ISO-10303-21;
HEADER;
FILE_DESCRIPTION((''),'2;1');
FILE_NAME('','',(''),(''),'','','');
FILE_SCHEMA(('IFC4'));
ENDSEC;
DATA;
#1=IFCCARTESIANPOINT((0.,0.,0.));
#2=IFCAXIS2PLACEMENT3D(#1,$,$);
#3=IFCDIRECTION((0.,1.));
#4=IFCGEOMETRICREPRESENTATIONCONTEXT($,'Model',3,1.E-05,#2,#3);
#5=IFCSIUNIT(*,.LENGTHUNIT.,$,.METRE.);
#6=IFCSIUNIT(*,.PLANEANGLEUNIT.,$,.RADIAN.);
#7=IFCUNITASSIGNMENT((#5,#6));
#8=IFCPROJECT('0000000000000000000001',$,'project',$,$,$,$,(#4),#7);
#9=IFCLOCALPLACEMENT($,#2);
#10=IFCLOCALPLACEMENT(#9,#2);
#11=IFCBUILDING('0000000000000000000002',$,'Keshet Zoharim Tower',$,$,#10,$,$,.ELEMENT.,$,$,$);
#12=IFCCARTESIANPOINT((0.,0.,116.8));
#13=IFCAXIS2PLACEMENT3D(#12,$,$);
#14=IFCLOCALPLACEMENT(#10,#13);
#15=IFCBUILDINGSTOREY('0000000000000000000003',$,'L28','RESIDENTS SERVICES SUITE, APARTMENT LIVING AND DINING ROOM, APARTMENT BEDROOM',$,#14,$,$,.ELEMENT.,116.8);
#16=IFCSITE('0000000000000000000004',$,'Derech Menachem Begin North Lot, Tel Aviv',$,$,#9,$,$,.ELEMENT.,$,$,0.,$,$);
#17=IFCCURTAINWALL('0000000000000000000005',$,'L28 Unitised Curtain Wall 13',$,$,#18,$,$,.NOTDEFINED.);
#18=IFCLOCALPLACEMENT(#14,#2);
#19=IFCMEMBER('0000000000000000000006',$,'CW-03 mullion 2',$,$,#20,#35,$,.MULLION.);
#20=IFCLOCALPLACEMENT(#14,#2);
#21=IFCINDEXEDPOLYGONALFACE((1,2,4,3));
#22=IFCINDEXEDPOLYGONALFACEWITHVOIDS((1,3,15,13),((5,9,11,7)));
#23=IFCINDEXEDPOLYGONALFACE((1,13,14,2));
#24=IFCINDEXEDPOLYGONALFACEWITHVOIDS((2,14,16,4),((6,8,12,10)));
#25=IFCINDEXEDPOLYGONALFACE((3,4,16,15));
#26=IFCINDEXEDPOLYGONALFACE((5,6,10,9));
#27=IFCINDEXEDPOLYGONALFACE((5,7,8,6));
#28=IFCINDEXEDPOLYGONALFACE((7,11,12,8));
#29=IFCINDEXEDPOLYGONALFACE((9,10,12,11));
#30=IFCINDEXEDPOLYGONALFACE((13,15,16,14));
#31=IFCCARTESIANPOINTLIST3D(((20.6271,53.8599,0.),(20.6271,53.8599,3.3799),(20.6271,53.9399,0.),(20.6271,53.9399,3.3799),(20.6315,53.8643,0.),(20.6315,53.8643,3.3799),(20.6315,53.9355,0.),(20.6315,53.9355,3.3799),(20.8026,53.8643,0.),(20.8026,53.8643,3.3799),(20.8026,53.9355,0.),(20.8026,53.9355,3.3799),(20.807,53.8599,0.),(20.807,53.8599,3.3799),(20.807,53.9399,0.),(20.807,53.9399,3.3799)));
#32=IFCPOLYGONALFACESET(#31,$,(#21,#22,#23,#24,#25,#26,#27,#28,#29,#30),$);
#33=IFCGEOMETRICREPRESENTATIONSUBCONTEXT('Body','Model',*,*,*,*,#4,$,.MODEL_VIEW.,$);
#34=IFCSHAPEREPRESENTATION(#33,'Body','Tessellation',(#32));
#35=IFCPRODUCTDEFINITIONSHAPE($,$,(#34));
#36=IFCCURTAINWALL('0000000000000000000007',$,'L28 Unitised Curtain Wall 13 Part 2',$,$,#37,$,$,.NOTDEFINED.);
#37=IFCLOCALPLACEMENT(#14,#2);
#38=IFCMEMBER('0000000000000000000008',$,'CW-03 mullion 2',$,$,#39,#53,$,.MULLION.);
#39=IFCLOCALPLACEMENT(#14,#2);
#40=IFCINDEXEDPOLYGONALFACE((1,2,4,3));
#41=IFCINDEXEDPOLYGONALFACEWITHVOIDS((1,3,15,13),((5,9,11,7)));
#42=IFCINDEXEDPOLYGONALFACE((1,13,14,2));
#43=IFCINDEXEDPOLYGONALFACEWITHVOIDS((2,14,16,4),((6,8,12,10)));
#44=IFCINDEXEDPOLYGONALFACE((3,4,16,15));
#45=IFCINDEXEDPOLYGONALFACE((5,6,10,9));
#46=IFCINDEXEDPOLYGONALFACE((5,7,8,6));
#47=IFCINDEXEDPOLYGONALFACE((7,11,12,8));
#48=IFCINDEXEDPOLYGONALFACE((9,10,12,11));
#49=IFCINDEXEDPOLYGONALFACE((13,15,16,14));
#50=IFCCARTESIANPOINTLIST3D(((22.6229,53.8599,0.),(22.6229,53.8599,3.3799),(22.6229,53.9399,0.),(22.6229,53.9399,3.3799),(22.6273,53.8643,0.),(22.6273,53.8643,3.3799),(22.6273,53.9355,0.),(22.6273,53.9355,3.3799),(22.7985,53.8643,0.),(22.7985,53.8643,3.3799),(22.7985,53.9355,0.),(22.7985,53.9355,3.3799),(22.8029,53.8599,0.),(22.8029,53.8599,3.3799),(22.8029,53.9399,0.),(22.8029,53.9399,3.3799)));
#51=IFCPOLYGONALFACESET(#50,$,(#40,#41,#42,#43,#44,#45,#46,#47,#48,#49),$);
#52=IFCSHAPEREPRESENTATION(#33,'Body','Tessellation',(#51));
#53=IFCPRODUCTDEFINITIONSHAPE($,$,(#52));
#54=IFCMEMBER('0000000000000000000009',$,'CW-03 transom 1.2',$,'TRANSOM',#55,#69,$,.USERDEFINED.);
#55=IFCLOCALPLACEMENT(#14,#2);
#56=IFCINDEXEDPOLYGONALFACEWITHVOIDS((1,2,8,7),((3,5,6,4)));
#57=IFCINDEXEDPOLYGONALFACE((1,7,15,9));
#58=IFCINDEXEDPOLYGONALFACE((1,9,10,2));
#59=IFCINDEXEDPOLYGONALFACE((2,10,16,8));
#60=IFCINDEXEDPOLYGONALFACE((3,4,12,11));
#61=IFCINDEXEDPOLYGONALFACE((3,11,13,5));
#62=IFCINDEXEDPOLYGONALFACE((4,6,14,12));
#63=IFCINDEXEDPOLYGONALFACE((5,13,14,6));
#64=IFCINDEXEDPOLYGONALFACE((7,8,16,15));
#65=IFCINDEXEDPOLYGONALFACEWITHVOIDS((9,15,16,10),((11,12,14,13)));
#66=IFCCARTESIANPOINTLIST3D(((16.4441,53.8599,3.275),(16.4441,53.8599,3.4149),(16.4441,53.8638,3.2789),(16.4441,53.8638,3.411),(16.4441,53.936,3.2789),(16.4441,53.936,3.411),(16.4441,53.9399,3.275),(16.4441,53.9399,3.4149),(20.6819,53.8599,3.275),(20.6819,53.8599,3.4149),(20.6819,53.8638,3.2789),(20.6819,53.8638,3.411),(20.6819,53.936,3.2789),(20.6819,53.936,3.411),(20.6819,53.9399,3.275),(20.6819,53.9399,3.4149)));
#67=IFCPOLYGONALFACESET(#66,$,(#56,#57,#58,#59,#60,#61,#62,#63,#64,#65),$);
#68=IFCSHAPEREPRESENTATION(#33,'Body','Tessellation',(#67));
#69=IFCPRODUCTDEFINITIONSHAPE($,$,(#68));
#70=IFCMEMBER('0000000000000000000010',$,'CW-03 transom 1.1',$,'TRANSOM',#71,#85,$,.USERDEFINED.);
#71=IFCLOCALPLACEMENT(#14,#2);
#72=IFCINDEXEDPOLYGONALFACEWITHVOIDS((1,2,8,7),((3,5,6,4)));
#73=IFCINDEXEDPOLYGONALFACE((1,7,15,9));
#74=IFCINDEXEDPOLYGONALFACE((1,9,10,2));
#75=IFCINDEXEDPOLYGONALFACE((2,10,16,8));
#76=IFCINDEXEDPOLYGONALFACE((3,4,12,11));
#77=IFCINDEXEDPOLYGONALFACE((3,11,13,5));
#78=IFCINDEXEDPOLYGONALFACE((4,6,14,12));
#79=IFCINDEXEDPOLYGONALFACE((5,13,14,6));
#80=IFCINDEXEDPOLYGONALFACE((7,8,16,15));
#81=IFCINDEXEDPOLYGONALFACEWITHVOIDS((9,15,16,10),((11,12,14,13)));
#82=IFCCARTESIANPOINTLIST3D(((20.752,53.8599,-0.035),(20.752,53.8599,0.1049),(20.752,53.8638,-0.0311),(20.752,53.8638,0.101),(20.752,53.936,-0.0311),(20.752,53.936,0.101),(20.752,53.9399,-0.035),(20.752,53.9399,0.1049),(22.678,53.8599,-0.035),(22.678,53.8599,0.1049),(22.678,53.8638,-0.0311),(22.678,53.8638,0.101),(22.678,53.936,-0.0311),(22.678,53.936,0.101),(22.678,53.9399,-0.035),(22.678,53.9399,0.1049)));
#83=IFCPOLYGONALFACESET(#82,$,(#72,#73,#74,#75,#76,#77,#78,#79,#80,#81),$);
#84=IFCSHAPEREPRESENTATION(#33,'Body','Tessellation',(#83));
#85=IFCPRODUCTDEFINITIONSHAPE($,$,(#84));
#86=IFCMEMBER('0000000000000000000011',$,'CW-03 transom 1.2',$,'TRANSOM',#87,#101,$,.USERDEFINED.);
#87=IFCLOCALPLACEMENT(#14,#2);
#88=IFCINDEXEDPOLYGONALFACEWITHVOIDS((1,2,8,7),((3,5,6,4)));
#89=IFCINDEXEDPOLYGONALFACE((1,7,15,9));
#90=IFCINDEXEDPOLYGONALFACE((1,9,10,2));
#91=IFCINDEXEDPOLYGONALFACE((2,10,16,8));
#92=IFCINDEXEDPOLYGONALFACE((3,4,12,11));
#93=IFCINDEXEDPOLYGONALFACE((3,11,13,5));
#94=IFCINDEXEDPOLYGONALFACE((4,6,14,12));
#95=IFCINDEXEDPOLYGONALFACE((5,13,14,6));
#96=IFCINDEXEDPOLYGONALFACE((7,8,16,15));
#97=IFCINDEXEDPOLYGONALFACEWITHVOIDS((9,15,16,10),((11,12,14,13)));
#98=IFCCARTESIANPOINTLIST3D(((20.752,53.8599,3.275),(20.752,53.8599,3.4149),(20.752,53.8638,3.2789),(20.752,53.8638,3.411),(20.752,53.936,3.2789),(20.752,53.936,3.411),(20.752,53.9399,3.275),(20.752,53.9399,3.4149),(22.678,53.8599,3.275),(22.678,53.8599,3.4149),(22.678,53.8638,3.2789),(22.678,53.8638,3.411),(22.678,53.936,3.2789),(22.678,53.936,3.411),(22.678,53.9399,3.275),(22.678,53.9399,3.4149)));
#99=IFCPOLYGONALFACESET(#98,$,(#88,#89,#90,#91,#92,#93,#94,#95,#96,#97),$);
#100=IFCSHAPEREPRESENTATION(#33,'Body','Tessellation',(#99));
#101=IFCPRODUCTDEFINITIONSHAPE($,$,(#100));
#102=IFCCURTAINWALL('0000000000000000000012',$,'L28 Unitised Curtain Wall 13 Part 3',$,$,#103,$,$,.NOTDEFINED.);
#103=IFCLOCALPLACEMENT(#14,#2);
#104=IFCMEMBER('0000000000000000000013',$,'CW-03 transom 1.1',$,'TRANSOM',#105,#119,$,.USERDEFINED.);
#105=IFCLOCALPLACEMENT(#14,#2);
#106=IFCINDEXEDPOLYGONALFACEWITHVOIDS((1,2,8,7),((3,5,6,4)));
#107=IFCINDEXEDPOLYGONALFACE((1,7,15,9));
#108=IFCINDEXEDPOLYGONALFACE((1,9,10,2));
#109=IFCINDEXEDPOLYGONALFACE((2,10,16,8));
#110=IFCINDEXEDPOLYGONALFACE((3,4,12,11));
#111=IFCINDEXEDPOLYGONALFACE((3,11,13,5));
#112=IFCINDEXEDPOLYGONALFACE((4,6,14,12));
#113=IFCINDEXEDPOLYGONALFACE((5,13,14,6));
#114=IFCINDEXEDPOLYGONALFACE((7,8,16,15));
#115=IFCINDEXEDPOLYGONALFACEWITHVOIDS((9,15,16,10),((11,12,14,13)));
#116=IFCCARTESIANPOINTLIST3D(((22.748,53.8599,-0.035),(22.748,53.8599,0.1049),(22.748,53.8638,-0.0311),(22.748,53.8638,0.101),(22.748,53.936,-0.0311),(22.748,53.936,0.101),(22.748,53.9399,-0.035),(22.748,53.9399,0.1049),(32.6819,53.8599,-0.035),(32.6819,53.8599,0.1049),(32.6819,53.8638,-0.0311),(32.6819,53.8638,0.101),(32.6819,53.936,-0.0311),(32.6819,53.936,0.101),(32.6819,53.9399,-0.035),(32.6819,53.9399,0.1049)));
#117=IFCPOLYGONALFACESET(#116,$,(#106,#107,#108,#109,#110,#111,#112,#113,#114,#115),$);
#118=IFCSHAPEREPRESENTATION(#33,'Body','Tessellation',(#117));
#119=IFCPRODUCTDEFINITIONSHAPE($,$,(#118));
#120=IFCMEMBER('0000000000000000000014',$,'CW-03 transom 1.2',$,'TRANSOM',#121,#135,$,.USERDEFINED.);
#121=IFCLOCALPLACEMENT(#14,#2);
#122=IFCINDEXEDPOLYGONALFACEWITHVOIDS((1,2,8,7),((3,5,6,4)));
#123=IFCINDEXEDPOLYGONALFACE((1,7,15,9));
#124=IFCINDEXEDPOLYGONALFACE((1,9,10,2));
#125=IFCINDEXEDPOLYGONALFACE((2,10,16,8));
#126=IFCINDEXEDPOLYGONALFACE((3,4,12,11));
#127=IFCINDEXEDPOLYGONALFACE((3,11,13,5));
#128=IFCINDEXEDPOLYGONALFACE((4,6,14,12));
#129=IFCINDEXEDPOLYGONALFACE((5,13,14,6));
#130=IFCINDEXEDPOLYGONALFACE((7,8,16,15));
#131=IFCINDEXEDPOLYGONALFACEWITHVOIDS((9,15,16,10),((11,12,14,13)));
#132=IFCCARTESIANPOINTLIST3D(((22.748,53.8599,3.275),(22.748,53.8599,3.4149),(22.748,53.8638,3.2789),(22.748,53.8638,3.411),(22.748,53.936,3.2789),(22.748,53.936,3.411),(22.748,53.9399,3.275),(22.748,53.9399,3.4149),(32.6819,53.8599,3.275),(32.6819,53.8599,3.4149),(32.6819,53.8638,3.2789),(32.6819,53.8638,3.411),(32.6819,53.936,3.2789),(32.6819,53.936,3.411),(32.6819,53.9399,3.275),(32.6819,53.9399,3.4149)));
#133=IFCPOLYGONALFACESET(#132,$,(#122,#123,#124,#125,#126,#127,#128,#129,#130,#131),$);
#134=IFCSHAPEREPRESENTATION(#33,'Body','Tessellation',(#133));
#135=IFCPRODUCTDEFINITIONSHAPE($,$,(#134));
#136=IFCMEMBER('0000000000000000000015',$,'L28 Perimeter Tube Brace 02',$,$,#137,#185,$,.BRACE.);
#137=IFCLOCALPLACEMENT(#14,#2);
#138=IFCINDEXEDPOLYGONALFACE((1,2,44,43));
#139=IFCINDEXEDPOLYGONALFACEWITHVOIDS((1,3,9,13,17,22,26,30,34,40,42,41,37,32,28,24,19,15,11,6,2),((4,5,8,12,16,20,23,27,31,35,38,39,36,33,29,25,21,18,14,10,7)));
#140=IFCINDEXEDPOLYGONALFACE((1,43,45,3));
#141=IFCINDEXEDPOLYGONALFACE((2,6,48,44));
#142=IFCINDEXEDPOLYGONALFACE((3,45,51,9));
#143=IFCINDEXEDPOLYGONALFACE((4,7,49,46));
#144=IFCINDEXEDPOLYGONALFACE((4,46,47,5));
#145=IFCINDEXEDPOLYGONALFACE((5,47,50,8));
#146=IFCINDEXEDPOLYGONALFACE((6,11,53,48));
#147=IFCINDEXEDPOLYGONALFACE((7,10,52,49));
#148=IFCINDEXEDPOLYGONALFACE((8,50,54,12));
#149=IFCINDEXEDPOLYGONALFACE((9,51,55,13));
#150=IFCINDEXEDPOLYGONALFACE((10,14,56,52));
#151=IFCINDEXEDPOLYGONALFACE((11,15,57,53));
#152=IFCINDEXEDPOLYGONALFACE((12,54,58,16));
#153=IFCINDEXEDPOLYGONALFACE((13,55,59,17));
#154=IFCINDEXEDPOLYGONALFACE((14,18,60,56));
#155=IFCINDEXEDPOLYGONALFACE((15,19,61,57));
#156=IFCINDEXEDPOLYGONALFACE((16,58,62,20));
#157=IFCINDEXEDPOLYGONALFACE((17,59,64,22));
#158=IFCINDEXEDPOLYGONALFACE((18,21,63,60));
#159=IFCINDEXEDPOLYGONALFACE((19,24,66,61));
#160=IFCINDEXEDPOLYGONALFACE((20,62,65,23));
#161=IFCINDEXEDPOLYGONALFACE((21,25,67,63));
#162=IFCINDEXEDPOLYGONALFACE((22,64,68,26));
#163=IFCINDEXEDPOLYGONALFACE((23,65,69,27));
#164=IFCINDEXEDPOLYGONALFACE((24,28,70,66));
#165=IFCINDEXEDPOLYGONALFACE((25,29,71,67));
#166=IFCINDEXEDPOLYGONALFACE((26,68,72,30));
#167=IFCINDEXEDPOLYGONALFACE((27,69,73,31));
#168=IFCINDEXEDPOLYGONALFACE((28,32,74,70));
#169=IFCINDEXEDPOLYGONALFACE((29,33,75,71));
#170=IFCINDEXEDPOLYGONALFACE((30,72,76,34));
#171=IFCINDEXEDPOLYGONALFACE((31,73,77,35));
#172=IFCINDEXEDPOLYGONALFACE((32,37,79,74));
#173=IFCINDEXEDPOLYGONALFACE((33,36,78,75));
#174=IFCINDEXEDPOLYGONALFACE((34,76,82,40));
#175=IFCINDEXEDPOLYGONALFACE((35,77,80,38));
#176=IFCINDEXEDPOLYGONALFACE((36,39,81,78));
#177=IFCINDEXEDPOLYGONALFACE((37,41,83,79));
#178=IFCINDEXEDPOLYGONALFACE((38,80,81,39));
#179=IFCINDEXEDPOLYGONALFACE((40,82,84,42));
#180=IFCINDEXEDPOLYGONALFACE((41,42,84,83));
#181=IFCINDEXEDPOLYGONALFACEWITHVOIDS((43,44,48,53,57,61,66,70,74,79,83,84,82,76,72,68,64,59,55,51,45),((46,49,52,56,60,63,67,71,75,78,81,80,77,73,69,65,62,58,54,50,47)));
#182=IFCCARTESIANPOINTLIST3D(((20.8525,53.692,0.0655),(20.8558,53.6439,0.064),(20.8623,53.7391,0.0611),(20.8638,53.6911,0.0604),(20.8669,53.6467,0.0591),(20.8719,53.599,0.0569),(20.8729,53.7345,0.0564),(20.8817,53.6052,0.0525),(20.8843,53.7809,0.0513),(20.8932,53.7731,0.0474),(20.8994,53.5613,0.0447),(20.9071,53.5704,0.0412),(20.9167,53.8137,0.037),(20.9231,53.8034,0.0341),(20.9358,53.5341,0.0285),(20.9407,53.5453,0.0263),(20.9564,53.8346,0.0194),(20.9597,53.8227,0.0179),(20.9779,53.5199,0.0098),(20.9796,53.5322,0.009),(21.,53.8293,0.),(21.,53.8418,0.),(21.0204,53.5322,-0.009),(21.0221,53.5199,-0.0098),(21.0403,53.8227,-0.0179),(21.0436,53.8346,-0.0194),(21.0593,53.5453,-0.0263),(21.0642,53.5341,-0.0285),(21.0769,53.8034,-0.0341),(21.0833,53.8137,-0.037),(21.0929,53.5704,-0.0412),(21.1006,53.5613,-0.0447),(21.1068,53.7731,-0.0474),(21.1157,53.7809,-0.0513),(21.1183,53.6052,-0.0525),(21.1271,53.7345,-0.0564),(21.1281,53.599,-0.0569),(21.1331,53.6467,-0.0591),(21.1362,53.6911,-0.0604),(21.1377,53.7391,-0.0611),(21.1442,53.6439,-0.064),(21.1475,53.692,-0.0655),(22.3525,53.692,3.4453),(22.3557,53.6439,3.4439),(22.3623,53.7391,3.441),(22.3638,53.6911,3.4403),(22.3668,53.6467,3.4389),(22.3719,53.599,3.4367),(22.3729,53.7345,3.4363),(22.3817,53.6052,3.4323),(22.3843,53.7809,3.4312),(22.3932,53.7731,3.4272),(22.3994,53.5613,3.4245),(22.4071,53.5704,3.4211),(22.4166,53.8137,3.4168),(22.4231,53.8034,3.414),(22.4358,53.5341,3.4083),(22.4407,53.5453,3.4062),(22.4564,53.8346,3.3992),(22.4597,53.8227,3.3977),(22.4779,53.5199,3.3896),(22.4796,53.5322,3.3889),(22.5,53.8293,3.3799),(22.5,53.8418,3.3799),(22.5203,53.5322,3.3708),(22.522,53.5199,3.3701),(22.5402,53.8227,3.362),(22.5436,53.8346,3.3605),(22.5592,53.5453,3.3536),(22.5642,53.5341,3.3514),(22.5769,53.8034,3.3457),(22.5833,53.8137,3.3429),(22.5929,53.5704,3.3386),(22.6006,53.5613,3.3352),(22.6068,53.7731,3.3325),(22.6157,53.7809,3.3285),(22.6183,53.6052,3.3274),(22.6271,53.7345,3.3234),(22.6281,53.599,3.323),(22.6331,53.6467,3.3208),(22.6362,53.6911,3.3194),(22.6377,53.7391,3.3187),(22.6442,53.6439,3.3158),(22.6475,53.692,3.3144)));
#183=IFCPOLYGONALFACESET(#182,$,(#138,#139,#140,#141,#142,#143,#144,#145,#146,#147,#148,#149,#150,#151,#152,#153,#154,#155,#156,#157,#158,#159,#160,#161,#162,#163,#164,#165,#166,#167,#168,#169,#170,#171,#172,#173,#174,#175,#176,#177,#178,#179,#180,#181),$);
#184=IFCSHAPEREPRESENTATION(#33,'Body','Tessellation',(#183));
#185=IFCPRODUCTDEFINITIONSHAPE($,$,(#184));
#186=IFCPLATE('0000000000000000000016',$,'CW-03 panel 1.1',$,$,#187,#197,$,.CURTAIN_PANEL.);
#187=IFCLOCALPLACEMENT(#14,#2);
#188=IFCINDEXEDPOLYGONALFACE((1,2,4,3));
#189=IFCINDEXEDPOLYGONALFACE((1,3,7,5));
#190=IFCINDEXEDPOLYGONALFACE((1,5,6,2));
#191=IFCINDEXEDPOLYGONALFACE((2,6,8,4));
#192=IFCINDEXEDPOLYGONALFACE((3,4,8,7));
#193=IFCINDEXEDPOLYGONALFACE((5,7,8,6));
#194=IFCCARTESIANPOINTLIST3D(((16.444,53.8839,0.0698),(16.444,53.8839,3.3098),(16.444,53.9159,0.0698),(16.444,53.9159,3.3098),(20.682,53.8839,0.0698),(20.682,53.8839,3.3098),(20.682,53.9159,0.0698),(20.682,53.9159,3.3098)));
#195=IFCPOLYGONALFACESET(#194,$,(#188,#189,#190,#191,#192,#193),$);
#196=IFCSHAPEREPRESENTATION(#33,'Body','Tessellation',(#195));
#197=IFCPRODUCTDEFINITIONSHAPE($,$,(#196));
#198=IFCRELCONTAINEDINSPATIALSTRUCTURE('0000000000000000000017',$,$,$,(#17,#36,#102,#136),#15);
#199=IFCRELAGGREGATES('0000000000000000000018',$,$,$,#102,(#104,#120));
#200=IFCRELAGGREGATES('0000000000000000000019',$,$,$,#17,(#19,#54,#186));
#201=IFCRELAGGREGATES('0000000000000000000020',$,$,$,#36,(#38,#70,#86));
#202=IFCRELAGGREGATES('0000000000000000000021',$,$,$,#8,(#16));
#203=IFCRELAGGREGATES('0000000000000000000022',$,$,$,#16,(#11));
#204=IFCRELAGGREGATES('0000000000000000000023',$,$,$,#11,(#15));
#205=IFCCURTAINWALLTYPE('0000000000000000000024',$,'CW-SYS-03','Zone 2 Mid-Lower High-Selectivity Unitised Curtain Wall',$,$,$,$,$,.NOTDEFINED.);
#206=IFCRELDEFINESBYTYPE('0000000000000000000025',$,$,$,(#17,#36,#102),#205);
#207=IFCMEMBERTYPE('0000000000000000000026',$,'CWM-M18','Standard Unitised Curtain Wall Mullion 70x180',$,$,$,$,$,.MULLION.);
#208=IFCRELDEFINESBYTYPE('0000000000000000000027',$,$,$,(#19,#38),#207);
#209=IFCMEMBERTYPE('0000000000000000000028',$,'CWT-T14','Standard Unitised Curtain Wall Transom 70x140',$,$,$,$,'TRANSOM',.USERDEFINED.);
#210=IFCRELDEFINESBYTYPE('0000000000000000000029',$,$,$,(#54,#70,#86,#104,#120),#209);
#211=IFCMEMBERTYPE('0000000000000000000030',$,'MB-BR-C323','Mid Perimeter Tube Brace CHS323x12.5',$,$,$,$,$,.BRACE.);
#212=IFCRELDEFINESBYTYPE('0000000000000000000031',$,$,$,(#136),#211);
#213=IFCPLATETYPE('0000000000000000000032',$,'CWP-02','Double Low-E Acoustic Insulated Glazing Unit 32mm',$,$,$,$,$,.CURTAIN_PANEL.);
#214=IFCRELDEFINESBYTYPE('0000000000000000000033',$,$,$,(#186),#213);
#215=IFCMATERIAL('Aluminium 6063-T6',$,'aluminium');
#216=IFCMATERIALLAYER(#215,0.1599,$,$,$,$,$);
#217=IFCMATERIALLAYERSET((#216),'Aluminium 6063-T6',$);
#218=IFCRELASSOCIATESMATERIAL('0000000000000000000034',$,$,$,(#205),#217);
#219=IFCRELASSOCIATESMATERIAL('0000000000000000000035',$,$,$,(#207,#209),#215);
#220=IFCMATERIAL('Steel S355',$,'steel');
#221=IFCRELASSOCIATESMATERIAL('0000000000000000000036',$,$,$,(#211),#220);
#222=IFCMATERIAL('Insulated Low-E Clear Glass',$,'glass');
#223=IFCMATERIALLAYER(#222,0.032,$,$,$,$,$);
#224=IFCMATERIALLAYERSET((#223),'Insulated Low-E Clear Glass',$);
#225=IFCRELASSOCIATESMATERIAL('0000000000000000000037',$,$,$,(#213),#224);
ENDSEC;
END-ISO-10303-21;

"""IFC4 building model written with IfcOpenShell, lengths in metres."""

from ifc_helpers import new_model, si_unit, direction, frame, origin, origin_2d, place, context, subcontext, project, spatial, rectangle, hollow_rectangle, hollow_circle, extrude, material, layer, layer_set, material_profile, profile_set, type_object, element, aggregate, save


model = new_model("IFC4")

# Units and contexts
model_context = context("Model", 3, precision=1e-05, world=origin(), true_north=direction((0.0, 1.0)))
body_context = subcontext(model_context, "Body", "Model", "MODEL_VIEW")
ifc_project = project(units=[si_unit("LENGTHUNIT", "METRE"), si_unit("PLANEANGLEUNIT", "RADIAN")], contexts=[model_context])

# Site, building, storey
site_placement = place(None, origin())
site = spatial("IfcSite", under=ifc_project, at=site_placement, Name="Derech Menachem Begin North Lot, Tel Aviv", CompositionType="ELEMENT", RefElevation=0.0)
building_placement = place(site_placement, origin())
building = spatial("IfcBuilding", under=site, at=building_placement, Name="Keshet Zoharim Tower", CompositionType="ELEMENT")
storey_placement = place(building_placement, frame((0.0, 0.0, 116.8)))
storey = spatial("IfcBuildingStorey", under=building, at=storey_placement, Name="L28", Description="RESIDENTS SERVICES SUITE, APARTMENT LIVING AND DINING ROOM, APARTMENT BEDROOM", CompositionType="ELEMENT", Elevation=116.8)

# Shared definitions
ifc_material_1 = material(Name="Steel S355", Category="steel")

# Curtain walls, members
ifc_material_2 = material(Name="Aluminium 6063-T6", Category="aluminium")
ifc_layer_1 = layer(ifc_material_2, 0.1599)
ifc_layer_set_1 = layer_set([ifc_layer_1], Name="Aluminium 6063-T6")
curtain_wall_type = type_object("IfcCurtainWallType", Name="CW-SYS-03", Description="Zone 2 Mid-Lower High-Selectivity Unitised Curtain Wall", PredefinedType="NOTDEFINED", material=ifc_layer_set_1)
curtain_wall_1_placement = place(storey_placement, origin())
curtain_wall_1 = element("IfcCurtainWall", 1, at=curtain_wall_1_placement, inside=storey, type_object=curtain_wall_type, Name="L28 Unitised Curtain Wall 13", PredefinedType="NOTDEFINED")
ifc_material_profile_1 = material_profile(ifc_material_2, hollow_rectangle(XDim=0.0801, YDim=0.1799, WallThickness=0.0044, at=origin_2d()), Name="MUL-80x180")
ifc_profile_set_1 = profile_set([ifc_material_profile_1], Name="Aluminium 6063-T6")
member_type_1 = type_object("IfcMemberType", Name="CWM-M18", Description="Standard Unitised Curtain Wall Mullion 70x180", PredefinedType="MULLION", material=ifc_profile_set_1)
member_1_placement = place(storey_placement, frame((20.717, 53.8999, 0.0), z_axis=(0.0, 0.0, 1.0), x_axis=(0.0, 1.0, 0.0)))
member_1 = element("IfcMember", 2, at=member_1_placement, type_object=member_type_1, Name="CW-03 mullion 2", PredefinedType="MULLION", context=body_context, shape_type="SweptSolid", body=[
    extrude(hollow_rectangle(XDim=0.0801, YDim=0.1799, WallThickness=0.0044, at=origin_2d()), origin(), (0.0, 0.0, 1.0), 3.3799),
])
curtain_wall_2_placement = place(storey_placement, origin())
curtain_wall_2 = element("IfcCurtainWall", 3, at=curtain_wall_2_placement, inside=storey, type_object=curtain_wall_type, Name="L28 Unitised Curtain Wall 13 Part 2", PredefinedType="NOTDEFINED")
member_2_placement = place(storey_placement, frame((22.7129, 53.8999, 0.0), z_axis=(0.0, 0.0, 1.0), x_axis=(0.0, 1.0, 0.0)))
member_2 = element("IfcMember", 4, at=member_2_placement, type_object=member_type_1, Name="CW-03 mullion 2", PredefinedType="MULLION", context=body_context, shape_type="SweptSolid", body=[
    extrude(hollow_rectangle(XDim=0.0801, YDim=0.1799, WallThickness=0.0044, at=origin_2d()), origin(), (0.0, 0.0, 1.0), 3.3799),
])

# Members
ifc_material_profile_2 = material_profile(ifc_material_2, hollow_rectangle(XDim=0.0801, YDim=0.1399, WallThickness=0.0039, at=origin_2d()), Name="TRN-80x140")
ifc_profile_set_2 = profile_set([ifc_material_profile_2], Name="Aluminium 6063-T6")
member_type_2 = type_object("IfcMemberType", Name="CWT-T14", Description="Standard Unitised Curtain Wall Transom 70x140", ElementType="TRANSOM", PredefinedType="USERDEFINED", material=ifc_profile_set_2)
member_3_placement = place(storey_placement, frame((16.4441, 53.8999, 3.345), z_axis=(1.0, 0.0, 0.0), x_axis=(0.0, 1.0, 0.0)))
member_3 = element("IfcMember", 5, at=member_3_placement, type_object=member_type_2, Name="CW-03 transom 1.2", ObjectType="TRANSOM", PredefinedType="USERDEFINED", context=body_context, shape_type="SweptSolid", body=[
    extrude(hollow_rectangle(XDim=0.0801, YDim=0.1399, WallThickness=0.0039, at=origin_2d()), origin(), (0.0, 0.0, 1.0), 4.2378),
])
member_4_placement = place(storey_placement, frame((20.752, 53.8999, 0.0349), z_axis=(1.0, 0.0, 0.0), x_axis=(0.0, 1.0, 0.0)))
member_4 = element("IfcMember", 6, at=member_4_placement, type_object=member_type_2, Name="CW-03 transom 1.1", ObjectType="TRANSOM", PredefinedType="USERDEFINED", context=body_context, shape_type="SweptSolid", body=[
    extrude(hollow_rectangle(XDim=0.0801, YDim=0.1399, WallThickness=0.0039, at=origin_2d()), origin(), (0.0, 0.0, 1.0), 1.926),
])
member_5_placement = place(storey_placement, frame((20.752, 53.8999, 3.345), z_axis=(1.0, 0.0, 0.0), x_axis=(0.0, 1.0, 0.0)))
member_5 = element("IfcMember", 7, at=member_5_placement, type_object=member_type_2, Name="CW-03 transom 1.2", ObjectType="TRANSOM", PredefinedType="USERDEFINED", context=body_context, shape_type="SweptSolid", body=[
    extrude(hollow_rectangle(XDim=0.0801, YDim=0.1399, WallThickness=0.0039, at=origin_2d()), origin(), (0.0, 0.0, 1.0), 1.926),
])

# Curtain wall, members
curtain_wall_3_placement = place(storey_placement, origin())
curtain_wall_3 = element("IfcCurtainWall", 8, at=curtain_wall_3_placement, inside=storey, type_object=curtain_wall_type, Name="L28 Unitised Curtain Wall 13 Part 3", PredefinedType="NOTDEFINED")
member_6_placement = place(storey_placement, frame((22.748, 53.8999, 0.0349), z_axis=(1.0, 0.0, 0.0), x_axis=(0.0, 1.0, 0.0)))
member_6 = element("IfcMember", 9, at=member_6_placement, type_object=member_type_2, Name="CW-03 transom 1.1", ObjectType="TRANSOM", PredefinedType="USERDEFINED", context=body_context, shape_type="SweptSolid", body=[
    extrude(hollow_rectangle(XDim=0.0801, YDim=0.1399, WallThickness=0.0039, at=origin_2d()), origin(), (0.0, 0.0, 1.0), 9.9338),
])
member_7_placement = place(storey_placement, frame((22.748, 53.8999, 3.345), z_axis=(1.0, 0.0, 0.0), x_axis=(0.0, 1.0, 0.0)))
member_7 = element("IfcMember", 10, at=member_7_placement, type_object=member_type_2, Name="CW-03 transom 1.2", ObjectType="TRANSOM", PredefinedType="USERDEFINED", context=body_context, shape_type="SweptSolid", body=[
    extrude(hollow_rectangle(XDim=0.0801, YDim=0.1399, WallThickness=0.0039, at=origin_2d()), origin(), (0.0, 0.0, 1.0), 9.9338),
])
aggregate(curtain_wall_3, [member_6, member_7])

# Member
ifc_material_profile_3 = material_profile(ifc_material_1, hollow_circle(Radius=0.1619, WallThickness=0.0125, at=origin_2d()), Name="CHS323x12.5")
ifc_profile_set_3 = profile_set([ifc_material_profile_3], Name="Steel S355")
member_type_3 = type_object("IfcMemberType", Name="MB-BR-C323", Description="Mid Perimeter Tube Brace CHS323x12.5", PredefinedType="BRACE", material=ifc_profile_set_3)
member_8_placement = place(storey_placement, frame((21.0, 53.6799, 0.0), z_axis=(0.405648, 0.0, 0.914029), x_axis=(0.0, 1.0, 0.0)))
element("IfcMember", 11, at=member_8_placement, inside=storey, type_object=member_type_3, Name="L28 Perimeter Tube Brace 02", PredefinedType="BRACE", context=body_context, shape_type="SweptSolid", body=[
    extrude(hollow_circle(Radius=0.1619, WallThickness=0.0125, at=origin_2d()), origin(), (0.0, 0.0, 1.0), 3.6978),
])

# Plate
ifc_material_3 = material(Name="Insulated Low-E Clear Glass", Category="glass")
ifc_layer_2 = layer(ifc_material_3, 0.032)
ifc_layer_set_2 = layer_set([ifc_layer_2], Name="Insulated Low-E Clear Glass")
plate_type_1 = type_object("IfcPlateType", Name="CWP-02", Description="Double Low-E Acoustic Insulated Glazing Unit 32mm", PredefinedType="CURTAIN_PANEL", material=ifc_layer_set_2)
plate_1_placement = place(storey_placement, frame((18.563, 53.8999, 0.0698), z_axis=(0.0, 0.0, 1.0), x_axis=(1.0, 0.0, 0.0)))
plate_1 = element("IfcPlate", 12, at=plate_1_placement, type_object=plate_type_1, Name="CW-03 panel 1.1", PredefinedType="CURTAIN_PANEL", context=body_context, shape_type="SweptSolid", body=[
    extrude(rectangle(XDim=4.238, YDim=0.032, at=origin_2d()), origin(), (0.0, 0.0, 1.0), 3.24),
])
aggregate(curtain_wall_1, [member_1, member_3, plate_1])
aggregate(curtain_wall_2, [member_2, member_4, member_5])

save(model, "model.ifc")
